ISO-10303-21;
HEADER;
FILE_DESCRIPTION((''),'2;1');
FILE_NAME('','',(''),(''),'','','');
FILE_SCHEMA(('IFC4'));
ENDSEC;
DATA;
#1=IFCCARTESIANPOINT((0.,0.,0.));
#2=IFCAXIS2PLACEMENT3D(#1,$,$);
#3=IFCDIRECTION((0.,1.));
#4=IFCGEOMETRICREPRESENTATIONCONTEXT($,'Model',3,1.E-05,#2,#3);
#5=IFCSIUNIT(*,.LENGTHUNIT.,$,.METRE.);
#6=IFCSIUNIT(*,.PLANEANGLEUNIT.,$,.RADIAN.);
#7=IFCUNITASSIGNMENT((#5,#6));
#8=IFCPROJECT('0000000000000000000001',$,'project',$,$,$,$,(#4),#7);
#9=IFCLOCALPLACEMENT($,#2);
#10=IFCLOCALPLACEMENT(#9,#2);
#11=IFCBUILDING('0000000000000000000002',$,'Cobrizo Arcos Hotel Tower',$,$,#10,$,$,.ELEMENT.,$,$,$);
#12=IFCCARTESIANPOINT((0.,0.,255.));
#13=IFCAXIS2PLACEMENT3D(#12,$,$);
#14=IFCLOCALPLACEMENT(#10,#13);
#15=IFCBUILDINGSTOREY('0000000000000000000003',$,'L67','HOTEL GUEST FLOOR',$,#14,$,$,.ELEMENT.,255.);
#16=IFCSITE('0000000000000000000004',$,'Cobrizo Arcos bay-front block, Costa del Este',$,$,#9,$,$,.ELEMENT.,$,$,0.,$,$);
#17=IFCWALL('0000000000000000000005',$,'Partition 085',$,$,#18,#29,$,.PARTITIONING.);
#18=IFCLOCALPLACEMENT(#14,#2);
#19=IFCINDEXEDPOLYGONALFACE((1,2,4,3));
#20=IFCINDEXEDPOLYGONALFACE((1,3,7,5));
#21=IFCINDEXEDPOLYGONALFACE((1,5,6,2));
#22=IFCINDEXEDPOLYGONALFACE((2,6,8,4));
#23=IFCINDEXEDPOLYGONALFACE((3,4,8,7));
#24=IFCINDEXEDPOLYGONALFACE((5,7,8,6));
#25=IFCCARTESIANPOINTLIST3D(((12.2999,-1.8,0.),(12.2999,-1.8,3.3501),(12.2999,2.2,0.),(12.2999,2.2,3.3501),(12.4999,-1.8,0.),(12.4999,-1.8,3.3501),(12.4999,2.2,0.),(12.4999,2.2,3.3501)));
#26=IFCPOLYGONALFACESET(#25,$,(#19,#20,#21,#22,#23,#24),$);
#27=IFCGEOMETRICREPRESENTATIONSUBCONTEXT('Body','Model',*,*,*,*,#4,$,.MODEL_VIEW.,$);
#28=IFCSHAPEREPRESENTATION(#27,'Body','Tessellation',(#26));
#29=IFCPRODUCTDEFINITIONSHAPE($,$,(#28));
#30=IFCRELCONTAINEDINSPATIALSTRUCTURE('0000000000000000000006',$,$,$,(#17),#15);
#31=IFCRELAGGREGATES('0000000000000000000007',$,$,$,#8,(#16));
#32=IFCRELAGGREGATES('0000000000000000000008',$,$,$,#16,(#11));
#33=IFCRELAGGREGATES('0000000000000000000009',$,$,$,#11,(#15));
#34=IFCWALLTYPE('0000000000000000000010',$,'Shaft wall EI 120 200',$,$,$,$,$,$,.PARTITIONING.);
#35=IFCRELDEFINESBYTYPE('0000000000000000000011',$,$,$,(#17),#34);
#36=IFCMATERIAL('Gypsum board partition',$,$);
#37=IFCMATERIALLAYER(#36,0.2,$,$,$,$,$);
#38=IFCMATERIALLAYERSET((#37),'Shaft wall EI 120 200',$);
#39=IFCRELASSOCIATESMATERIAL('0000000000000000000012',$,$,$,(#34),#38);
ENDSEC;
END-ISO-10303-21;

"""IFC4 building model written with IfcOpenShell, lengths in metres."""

from ifc_helpers import new_model, si_unit, direction, frame, frame_2d, origin, place, context, subcontext, project, spatial, rectangle, extrude, material, layer, layer_set, type_object, element, save


model = new_model("IFC4")

# Units and contexts
model_context = context("Model", 3, precision=1e-05, world=origin(), true_north=direction((0.0, 1.0)))
body_context = subcontext(model_context, "Body", "Model", "MODEL_VIEW")
ifc_project = project(units=[si_unit("LENGTHUNIT", "METRE"), si_unit("PLANEANGLEUNIT", "RADIAN")], contexts=[model_context])

# Site, building, storey
site_placement = place(None, origin())
site = spatial("IfcSite", under=ifc_project, at=site_placement, Name="Cobrizo Arcos bay-front block, Costa del Este", CompositionType="ELEMENT", RefElevation=0.0)
building_placement = place(site_placement, origin())
building = spatial("IfcBuilding", under=site, at=building_placement, Name="Cobrizo Arcos Hotel Tower", CompositionType="ELEMENT")
storey_placement = place(building_placement, frame((0.0, 0.0, 255.0)))
storey = spatial("IfcBuildingStorey", under=building, at=storey_placement, Name="L67", Description="HOTEL GUEST FLOOR", CompositionType="ELEMENT", Elevation=255.0)

# Shared definitions
ifc_material_1 = material(Name="Gypsum board partition")

# Shared definitions
ifc_layer_1 = layer(ifc_material_1, 0.2)
ifc_layer_set_1 = layer_set([ifc_layer_1], Name="Shaft wall EI 120 200")
wall_type_1 = type_object("IfcWallType", Name="Shaft wall EI 120 200", PredefinedType="PARTITIONING", material=ifc_layer_set_1)

# Wall
wall_1_placement = place(storey_placement, frame((12.3999, -1.8, 0.0), z_axis=(0.0, 0.0, 1.0), x_axis=(0.0, 1.0, 0.0)))
element("IfcWall", 1, at=wall_1_placement, inside=storey, type_object=wall_type_1, Name="Partition 085", PredefinedType="PARTITIONING", context=body_context, shape_type="SweptSolid", body=[
    extrude(rectangle(XDim=4.0, YDim=0.2, at=frame_2d((2.0, 0.0))), origin(), (0.0, 0.0, 1.0), 3.3501),
])

save(model, "model.ifc")
